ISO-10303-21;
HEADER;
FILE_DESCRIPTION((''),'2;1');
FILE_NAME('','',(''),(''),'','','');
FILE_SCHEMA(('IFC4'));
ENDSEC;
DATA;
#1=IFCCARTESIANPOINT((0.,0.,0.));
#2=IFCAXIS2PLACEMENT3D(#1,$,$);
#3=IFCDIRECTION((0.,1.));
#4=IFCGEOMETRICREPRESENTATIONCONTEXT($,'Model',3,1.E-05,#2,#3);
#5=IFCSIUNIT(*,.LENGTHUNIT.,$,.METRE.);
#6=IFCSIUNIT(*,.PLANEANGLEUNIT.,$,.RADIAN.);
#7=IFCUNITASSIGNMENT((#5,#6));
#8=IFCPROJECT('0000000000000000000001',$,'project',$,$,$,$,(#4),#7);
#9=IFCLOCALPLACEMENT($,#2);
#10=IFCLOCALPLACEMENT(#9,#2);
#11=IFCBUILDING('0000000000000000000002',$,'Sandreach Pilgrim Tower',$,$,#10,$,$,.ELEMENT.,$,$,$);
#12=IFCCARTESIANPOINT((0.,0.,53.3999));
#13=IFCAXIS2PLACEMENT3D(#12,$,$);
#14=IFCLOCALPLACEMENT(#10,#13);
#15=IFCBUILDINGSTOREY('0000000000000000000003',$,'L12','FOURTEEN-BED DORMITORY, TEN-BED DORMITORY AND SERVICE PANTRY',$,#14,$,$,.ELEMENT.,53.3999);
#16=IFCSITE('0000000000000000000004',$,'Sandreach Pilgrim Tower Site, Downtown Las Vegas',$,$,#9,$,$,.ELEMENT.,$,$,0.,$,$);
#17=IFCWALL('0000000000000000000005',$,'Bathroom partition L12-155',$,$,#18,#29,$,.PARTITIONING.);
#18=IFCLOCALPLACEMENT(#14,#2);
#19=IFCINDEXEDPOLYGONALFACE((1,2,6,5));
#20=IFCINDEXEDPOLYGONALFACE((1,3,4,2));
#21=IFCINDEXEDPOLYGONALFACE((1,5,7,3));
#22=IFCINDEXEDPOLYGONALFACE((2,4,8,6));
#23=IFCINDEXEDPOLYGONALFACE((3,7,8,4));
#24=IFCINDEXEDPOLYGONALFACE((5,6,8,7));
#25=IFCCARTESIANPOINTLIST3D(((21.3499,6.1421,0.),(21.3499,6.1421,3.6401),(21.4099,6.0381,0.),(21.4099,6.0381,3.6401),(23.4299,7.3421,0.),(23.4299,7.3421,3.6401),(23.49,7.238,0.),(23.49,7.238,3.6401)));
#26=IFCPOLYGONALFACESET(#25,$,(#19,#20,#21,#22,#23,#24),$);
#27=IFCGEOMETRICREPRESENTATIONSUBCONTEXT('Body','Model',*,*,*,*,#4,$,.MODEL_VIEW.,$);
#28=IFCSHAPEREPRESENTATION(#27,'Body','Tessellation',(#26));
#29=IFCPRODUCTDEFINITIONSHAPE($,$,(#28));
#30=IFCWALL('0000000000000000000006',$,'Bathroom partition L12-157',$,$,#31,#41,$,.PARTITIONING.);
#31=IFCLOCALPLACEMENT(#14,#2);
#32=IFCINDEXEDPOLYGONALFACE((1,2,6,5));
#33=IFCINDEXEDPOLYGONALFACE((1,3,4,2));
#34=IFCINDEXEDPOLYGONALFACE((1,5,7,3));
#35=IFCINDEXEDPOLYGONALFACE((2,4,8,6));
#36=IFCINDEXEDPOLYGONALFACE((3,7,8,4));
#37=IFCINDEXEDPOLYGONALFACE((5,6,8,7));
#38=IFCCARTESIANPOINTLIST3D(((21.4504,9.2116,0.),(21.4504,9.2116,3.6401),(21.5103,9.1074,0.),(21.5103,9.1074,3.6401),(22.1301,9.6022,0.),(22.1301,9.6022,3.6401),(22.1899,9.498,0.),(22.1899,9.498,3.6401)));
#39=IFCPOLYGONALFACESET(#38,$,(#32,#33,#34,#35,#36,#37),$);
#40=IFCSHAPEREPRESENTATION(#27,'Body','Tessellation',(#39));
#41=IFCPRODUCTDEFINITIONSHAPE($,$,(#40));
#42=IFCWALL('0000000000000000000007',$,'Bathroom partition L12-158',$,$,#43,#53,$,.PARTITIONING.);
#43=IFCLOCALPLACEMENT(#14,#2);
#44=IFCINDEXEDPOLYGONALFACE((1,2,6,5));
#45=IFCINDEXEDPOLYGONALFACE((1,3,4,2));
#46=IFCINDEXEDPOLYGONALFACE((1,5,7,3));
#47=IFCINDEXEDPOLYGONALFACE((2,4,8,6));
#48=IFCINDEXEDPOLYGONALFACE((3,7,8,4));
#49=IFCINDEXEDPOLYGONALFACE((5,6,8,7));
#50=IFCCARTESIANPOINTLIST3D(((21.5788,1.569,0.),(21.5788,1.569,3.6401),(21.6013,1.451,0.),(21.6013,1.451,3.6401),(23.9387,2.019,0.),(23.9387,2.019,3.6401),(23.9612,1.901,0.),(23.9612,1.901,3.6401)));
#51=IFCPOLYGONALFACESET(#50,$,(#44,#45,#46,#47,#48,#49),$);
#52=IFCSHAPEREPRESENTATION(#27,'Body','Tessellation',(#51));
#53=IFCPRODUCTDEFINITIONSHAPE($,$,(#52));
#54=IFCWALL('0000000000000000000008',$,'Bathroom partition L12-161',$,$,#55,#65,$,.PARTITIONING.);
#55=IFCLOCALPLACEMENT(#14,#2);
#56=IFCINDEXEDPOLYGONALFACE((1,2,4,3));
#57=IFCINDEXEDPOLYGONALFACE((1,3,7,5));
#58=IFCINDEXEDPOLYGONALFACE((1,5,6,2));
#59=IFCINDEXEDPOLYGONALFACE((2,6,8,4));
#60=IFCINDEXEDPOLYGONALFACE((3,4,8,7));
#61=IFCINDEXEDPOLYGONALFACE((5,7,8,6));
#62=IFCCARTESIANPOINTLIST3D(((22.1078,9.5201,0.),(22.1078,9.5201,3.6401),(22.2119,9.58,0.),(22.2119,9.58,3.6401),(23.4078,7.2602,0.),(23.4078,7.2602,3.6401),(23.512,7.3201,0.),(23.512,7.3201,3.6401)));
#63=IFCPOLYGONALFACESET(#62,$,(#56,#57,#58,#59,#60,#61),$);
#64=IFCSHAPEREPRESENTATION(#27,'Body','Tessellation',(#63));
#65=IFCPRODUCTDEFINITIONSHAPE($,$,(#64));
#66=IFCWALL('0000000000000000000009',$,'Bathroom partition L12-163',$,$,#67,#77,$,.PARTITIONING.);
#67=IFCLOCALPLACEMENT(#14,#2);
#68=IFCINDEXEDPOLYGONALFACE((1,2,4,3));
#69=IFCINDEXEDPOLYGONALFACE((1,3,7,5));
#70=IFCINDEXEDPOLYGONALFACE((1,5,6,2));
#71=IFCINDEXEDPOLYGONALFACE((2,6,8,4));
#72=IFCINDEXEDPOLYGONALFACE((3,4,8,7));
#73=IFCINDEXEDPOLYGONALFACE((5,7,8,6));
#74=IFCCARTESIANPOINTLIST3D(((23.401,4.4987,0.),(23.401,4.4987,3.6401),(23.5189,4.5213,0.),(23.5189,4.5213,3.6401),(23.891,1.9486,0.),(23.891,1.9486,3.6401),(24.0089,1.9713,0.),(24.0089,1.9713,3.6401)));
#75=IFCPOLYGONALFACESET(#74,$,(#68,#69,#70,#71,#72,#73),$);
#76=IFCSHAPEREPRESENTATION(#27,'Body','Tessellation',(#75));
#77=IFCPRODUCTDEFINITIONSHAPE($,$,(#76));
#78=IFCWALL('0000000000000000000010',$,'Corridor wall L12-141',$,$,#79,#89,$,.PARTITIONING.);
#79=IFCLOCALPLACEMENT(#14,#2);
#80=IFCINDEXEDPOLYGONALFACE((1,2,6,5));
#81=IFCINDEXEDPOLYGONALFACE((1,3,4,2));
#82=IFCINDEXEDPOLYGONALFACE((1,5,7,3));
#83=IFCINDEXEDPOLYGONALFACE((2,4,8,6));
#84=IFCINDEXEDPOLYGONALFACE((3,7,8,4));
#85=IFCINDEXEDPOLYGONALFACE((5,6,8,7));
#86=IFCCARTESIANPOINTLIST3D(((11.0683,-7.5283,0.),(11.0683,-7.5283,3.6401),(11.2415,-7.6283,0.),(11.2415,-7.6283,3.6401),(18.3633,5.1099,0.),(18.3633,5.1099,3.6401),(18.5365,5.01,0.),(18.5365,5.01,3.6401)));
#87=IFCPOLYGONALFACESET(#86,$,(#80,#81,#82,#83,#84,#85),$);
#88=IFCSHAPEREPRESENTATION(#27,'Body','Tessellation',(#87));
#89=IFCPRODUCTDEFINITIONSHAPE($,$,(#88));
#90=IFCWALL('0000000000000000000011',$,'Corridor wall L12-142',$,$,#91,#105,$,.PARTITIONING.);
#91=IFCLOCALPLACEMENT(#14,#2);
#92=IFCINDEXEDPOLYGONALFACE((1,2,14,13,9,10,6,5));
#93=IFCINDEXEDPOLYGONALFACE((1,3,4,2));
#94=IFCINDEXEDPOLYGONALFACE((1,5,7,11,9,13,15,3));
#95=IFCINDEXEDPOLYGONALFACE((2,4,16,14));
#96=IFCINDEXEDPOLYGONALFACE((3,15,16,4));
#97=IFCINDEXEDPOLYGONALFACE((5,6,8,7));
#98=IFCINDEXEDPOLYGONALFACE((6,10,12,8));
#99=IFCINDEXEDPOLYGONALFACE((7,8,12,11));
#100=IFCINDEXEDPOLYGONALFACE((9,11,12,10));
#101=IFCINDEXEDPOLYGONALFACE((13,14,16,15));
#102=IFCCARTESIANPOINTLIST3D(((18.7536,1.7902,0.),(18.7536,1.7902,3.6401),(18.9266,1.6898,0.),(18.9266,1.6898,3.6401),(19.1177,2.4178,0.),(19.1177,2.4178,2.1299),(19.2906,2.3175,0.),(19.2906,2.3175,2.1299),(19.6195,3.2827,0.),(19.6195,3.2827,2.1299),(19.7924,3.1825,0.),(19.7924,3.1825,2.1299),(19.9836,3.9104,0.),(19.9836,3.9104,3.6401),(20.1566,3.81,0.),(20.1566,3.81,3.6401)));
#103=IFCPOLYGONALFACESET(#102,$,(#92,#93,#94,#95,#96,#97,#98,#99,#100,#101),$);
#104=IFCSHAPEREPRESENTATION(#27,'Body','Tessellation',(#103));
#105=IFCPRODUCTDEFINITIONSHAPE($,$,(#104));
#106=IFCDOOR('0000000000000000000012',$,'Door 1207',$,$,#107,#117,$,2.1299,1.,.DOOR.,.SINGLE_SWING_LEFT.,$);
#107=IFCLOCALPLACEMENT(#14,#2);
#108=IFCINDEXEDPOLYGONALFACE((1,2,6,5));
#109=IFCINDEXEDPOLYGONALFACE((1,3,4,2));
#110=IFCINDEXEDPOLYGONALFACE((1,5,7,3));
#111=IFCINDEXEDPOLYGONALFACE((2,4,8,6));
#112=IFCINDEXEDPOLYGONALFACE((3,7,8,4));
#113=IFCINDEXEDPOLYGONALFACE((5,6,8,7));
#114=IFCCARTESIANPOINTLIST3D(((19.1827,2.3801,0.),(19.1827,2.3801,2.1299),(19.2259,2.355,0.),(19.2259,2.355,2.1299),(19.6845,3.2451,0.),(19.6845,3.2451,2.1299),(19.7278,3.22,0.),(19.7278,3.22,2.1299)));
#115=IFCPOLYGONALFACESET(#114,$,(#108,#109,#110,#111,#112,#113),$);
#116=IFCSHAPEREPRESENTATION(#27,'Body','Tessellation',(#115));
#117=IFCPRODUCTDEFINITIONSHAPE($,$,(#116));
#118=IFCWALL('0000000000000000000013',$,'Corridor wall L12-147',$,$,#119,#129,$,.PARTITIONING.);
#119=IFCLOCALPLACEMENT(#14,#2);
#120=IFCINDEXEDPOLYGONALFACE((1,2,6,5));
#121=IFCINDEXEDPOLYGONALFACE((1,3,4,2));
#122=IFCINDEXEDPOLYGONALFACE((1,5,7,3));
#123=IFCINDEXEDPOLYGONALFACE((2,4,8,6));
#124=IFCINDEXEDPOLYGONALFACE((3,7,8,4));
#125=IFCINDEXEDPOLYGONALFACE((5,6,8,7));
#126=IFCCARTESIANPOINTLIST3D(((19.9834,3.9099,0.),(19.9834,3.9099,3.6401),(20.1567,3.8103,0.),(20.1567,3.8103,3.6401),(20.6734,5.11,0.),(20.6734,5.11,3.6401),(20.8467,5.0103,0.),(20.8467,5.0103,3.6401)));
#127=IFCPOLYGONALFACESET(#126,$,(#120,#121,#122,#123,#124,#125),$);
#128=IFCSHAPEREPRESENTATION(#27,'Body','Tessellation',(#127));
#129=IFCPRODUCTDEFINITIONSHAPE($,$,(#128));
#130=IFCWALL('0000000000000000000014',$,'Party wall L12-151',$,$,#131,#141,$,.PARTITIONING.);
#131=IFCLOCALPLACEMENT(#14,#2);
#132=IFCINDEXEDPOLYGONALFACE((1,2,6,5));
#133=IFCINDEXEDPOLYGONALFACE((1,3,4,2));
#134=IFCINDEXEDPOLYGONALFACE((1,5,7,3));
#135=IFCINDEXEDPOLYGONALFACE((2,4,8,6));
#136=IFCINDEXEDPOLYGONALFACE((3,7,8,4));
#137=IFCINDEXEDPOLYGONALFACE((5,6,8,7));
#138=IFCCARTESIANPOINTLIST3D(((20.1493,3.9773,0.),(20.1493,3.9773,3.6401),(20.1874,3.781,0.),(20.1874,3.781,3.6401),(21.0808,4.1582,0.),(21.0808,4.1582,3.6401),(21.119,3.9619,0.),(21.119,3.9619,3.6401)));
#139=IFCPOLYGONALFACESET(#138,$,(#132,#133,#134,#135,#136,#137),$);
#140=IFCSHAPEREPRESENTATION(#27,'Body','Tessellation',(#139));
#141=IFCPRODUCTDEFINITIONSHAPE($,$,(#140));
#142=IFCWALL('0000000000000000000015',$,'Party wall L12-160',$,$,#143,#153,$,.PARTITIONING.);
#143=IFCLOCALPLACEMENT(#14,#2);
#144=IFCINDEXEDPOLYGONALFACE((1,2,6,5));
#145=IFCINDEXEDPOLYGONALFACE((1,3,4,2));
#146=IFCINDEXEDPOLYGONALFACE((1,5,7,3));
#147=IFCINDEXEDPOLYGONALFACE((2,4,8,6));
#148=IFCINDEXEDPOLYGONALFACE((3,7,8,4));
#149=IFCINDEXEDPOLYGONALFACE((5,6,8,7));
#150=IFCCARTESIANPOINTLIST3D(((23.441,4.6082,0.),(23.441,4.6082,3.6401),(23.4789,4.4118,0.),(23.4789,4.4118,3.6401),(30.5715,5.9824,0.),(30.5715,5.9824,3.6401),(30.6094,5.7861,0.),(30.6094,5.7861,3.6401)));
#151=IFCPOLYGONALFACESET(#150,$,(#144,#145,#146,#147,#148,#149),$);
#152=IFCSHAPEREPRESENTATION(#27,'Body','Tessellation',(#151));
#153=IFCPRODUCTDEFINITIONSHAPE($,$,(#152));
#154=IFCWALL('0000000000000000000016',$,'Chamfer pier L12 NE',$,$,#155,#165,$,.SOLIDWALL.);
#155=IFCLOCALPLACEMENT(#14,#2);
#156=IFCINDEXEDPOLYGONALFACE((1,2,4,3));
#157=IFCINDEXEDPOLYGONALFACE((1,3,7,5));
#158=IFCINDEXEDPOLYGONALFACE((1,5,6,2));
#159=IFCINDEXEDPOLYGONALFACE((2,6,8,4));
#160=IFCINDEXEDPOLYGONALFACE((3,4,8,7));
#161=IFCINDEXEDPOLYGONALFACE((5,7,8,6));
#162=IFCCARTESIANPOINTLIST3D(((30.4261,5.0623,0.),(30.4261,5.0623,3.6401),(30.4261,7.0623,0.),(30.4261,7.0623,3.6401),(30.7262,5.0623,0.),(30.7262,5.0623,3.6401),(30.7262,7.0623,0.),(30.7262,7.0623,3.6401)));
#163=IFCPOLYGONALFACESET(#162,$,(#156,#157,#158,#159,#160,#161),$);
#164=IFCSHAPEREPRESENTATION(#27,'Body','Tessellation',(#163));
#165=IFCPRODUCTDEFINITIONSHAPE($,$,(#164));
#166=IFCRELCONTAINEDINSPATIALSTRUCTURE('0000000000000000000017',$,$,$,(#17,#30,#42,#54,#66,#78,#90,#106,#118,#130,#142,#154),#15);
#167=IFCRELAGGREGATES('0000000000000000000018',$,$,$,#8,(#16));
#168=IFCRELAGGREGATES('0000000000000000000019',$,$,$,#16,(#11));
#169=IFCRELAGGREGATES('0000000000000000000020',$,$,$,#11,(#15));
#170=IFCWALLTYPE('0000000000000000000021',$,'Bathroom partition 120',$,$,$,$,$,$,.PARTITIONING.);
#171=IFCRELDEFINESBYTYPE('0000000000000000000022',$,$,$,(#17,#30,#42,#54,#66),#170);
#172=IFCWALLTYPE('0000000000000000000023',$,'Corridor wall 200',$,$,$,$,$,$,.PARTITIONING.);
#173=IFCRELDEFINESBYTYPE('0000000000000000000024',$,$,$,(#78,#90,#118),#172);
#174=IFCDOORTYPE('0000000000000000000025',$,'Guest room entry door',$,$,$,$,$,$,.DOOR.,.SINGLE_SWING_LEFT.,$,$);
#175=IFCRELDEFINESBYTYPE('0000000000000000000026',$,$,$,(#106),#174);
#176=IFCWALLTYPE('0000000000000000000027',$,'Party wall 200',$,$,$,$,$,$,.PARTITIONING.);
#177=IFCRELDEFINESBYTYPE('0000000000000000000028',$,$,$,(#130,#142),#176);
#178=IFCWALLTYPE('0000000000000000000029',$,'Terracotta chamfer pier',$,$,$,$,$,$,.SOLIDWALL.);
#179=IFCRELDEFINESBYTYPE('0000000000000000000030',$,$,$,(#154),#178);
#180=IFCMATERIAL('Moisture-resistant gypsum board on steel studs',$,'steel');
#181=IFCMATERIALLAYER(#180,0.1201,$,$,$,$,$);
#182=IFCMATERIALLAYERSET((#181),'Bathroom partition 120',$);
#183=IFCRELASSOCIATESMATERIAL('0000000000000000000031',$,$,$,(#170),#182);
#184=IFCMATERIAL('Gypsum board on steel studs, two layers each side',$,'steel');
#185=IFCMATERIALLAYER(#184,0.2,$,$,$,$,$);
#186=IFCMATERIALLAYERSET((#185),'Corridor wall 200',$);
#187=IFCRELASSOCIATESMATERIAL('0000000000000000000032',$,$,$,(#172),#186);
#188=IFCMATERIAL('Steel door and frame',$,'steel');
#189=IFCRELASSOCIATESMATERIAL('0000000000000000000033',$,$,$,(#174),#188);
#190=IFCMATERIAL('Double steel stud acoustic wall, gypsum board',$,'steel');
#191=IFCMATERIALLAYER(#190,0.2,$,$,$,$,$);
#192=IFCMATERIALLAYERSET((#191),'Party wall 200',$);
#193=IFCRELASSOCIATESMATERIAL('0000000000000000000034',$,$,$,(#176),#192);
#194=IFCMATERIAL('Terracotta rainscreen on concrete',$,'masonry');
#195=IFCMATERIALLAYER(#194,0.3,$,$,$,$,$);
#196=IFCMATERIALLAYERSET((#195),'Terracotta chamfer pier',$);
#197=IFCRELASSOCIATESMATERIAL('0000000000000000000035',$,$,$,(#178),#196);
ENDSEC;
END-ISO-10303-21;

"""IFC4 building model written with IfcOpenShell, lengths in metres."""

from ifc_helpers import new_model, si_unit, direction, frame, frame_2d, origin, place, context, subcontext, project, spatial, rectangle, extrude, material, layer, layer_set, type_object, element, fill, save


model = new_model("IFC4")

# Units and contexts
model_context = context("Model", 3, precision=1e-05, world=origin(), true_north=direction((0.0, 1.0)))
body_context = subcontext(model_context, "Body", "Model", "MODEL_VIEW")
ifc_project = project(units=[si_unit("LENGTHUNIT", "METRE"), si_unit("PLANEANGLEUNIT", "RADIAN")], contexts=[model_context])

# Site, building, storey
site_placement = place(None, origin())
site = spatial("IfcSite", under=ifc_project, at=site_placement, Name="Sandreach Pilgrim Tower Site, Downtown Las Vegas", CompositionType="ELEMENT", RefElevation=0.0)
building_placement = place(site_placement, origin())
building = spatial("IfcBuilding", under=site, at=building_placement, Name="Sandreach Pilgrim Tower", CompositionType="ELEMENT")
storey_placement = place(building_placement, frame((0.0, 0.0, 53.3999)))
storey = spatial("IfcBuildingStorey", under=building, at=storey_placement, Name="L12", Description="FOURTEEN-BED DORMITORY, TEN-BED DORMITORY AND SERVICE PANTRY", CompositionType="ELEMENT", Elevation=53.3999)

# Shared definitions
ifc_material_1 = material(Name="Moisture-resistant gypsum board on steel studs", Category="steel")
ifc_layer_1 = layer(ifc_material_1, 0.1201)
ifc_layer_set_1 = layer_set([ifc_layer_1], Name="Bathroom partition 120")
wall_type_1 = type_object("IfcWallType", Name="Bathroom partition 120", PredefinedType="PARTITIONING", material=ifc_layer_set_1)

# Walls
wall_1_placement = place(storey_placement, frame((21.3799, 6.0901, 0.0), z_axis=(0.0, 0.0, 1.0), x_axis=(0.866203, 0.499693, 0.0)))
element("IfcWall", 1, at=wall_1_placement, inside=storey, type_object=wall_type_1, Name="Bathroom partition L12-155", PredefinedType="PARTITIONING", context=body_context, shape_type="SweptSolid", body=[
    extrude(rectangle(XDim=2.4014, YDim=0.1201, at=frame_2d((1.2007, 0.0))), origin(), (0.0, 0.0, 1.0), 3.6401),
])
wall_2_placement = place(storey_placement, frame((21.4802, 9.1594, 0.0), z_axis=(0.0, 0.0, 1.0), x_axis=(0.867014, 0.498284, 0.0)))
element("IfcWall", 2, at=wall_2_placement, inside=storey, type_object=wall_type_1, Name="Bathroom partition L12-157", PredefinedType="PARTITIONING", context=body_context, shape_type="SweptSolid", body=[
    extrude(rectangle(XDim=0.7839, YDim=0.1201, at=frame_2d((0.3921, 0.0))), origin(), (0.0, 0.0, 1.0), 3.6401),
])
wall_3_placement = place(storey_placement, frame((21.5901, 1.51, 0.0), z_axis=(0.0, 0.0, 1.0), x_axis=(0.982304, 0.187294, 0.0)))
element("IfcWall", 3, at=wall_3_placement, inside=storey, type_object=wall_type_1, Name="Bathroom partition L12-158", PredefinedType="PARTITIONING", context=body_context, shape_type="SweptSolid", body=[
    extrude(rectangle(XDim=2.4023, YDim=0.1201, at=frame_2d((1.2012, 0.0))), origin(), (0.0, 0.0, 1.0), 3.6401),
])
wall_4_placement = place(storey_placement, frame((23.46, 7.29, 0.0), z_axis=(0.0, 0.0, 1.0), x_axis=(-0.498628, 0.866816, 0.0)))
element("IfcWall", 4, at=wall_4_placement, inside=storey, type_object=wall_type_1, Name="Bathroom partition L12-161", PredefinedType="PARTITIONING", context=body_context, shape_type="SweptSolid", body=[
    extrude(rectangle(XDim=2.6072, YDim=0.1201, at=frame_2d((1.3037, 0.0))), origin(), (0.0, 0.0, 1.0), 3.6401),
])
wall_5_placement = place(storey_placement, frame((23.95, 1.96, 0.0), z_axis=(0.0, 0.0, 1.0), x_axis=(-0.188697, 0.982035, 0.0)))
element("IfcWall", 5, at=wall_5_placement, inside=storey, type_object=wall_type_1, Name="Bathroom partition L12-163", PredefinedType="PARTITIONING", context=body_context, shape_type="SweptSolid", body=[
    extrude(rectangle(XDim=2.5967, YDim=0.1201, at=frame_2d((1.2983, 0.0))), origin(), (0.0, 0.0, 1.0), 3.6401),
])
ifc_material_2 = material(Name="Gypsum board on steel studs, two layers each side", Category="steel")
ifc_layer_2 = layer(ifc_material_2, 0.2)
ifc_layer_set_2 = layer_set([ifc_layer_2], Name="Corridor wall 200")
wall_type_2 = type_object("IfcWallType", Name="Corridor wall 200", PredefinedType="PARTITIONING", material=ifc_layer_set_2)
wall_6_placement = place(storey_placement, frame((18.45, 5.0601, 0.0), z_axis=(0.0, 0.0, 1.0), x_axis=(-0.499911, -0.866077, 0.0)))
element("IfcWall", 6, at=wall_6_placement, inside=storey, type_object=wall_type_2, Name="Corridor wall L12-141", PredefinedType="PARTITIONING", context=body_context, shape_type="SweptSolid", body=[
    extrude(rectangle(XDim=14.5925, YDim=0.2, at=frame_2d((7.2964, 0.0))), origin(), (0.0, 0.0, 1.0), 3.6401),
])

# Wall, opening, door
wall_7_placement = place(storey_placement, frame((18.8401, 1.74, 0.0), z_axis=(0.0, 0.0, 1.0), x_axis=(0.501813, 0.864976, 0.0)))
wall_7 = element("IfcWall", 7, at=wall_7_placement, inside=storey, type_object=wall_type_2, Name="Corridor wall L12-142", PredefinedType="PARTITIONING", context=body_context, shape_type="SweptSolid", body=[
    extrude(rectangle(XDim=2.4512, YDim=0.2, at=frame_2d((1.2256, 0.0))), origin(), (0.0, 0.0, 1.0), 3.6401),
])
opening_1_placement = place(wall_7_placement, frame((0.7256, 0.0, 0.0)))
opening_1 = element("IfcOpeningElement", 8, at=opening_1_placement, cuts=wall_7, PredefinedType="OPENING", context=body_context, shape_type="SweptSolid", body=[
    extrude(rectangle(XDim=1.0, YDim=2.1299, at=frame_2d((0.5, 1.0649))), frame((0.0, 0.1001, 0.0), z_axis=(0.0, -1.0, 0.0), x_axis=(1.0, 0.0, 0.0)), (0.0, 0.0, 1.0), 0.2),
])
ifc_material_3 = material(Name="Steel door and frame", Category="steel")
door_type_1 = type_object("IfcDoorType", Name="Guest room entry door", OperationType="SINGLE_SWING_LEFT", PredefinedType="DOOR", material=ifc_material_3)
door_1_placement = place(opening_1_placement, origin())
door_1 = element("IfcDoor", 9, at=door_1_placement, inside=storey, type_object=door_type_1, Name="Door 1207", OperationType="SINGLE_SWING_LEFT", OverallHeight=2.1299, OverallWidth=1.0, PredefinedType="DOOR", context=body_context, shape_type="SweptSolid", body=[
    extrude(rectangle(XDim=1.0, YDim=2.1299, at=frame_2d((0.5, 1.0649))), frame((0.0, 0.0249, 0.0), z_axis=(0.0, -1.0, 0.0), x_axis=(1.0, 0.0, 0.0)), (0.0, 0.0, 1.0), 0.05),
])
fill(opening_1, door_1)

# Walls
wall_8_placement = place(storey_placement, frame((20.0701, 3.8601, 0.0), z_axis=(0.0, 0.0, 1.0), x_axis=(0.498455, 0.866916, 0.0)))
element("IfcWall", 10, at=wall_8_placement, inside=storey, type_object=wall_type_2, Name="Corridor wall L12-147", PredefinedType="PARTITIONING", context=body_context, shape_type="SweptSolid", body=[
    extrude(rectangle(XDim=1.3843, YDim=0.2, at=frame_2d((0.6921, 0.0))), origin(), (0.0, 0.0, 1.0), 3.6401),
])
ifc_material_4 = material(Name="Double steel stud acoustic wall, gypsum board", Category="steel")
ifc_layer_3 = layer(ifc_material_4, 0.2)
ifc_layer_set_3 = layer_set([ifc_layer_3], Name="Party wall 200")
wall_type_3 = type_object("IfcWallType", Name="Party wall 200", PredefinedType="PARTITIONING", material=ifc_layer_set_3)
wall_9_placement = place(storey_placement, frame((20.1682, 3.8792, 0.0), z_axis=(0.0, 0.0, 1.0), x_axis=(0.981664, 0.190622, 0.0)))
element("IfcWall", 11, at=wall_9_placement, inside=storey, type_object=wall_type_3, Name="Party wall L12-151", PredefinedType="PARTITIONING", context=body_context, shape_type="SweptSolid", body=[
    extrude(rectangle(XDim=0.949, YDim=0.2, at=frame_2d((0.4746, 0.0))), origin(), (0.0, 0.0, 1.0), 3.6401),
])
wall_10_placement = place(storey_placement, frame((23.46, 4.51, 0.0), z_axis=(0.0, 0.0, 1.0), x_axis=(0.98193, 0.189245, 0.0)))
element("IfcWall", 12, at=wall_10_placement, inside=storey, type_object=wall_type_3, Name="Party wall L12-160", PredefinedType="PARTITIONING", context=body_context, shape_type="SweptSolid", body=[
    extrude(rectangle(XDim=7.2617, YDim=0.2, at=frame_2d((3.6309, 0.0))), origin(), (0.0, 0.0, 1.0), 3.6401),
])
ifc_material_5 = material(Name="Terracotta rainscreen on concrete", Category="masonry")
ifc_layer_4 = layer(ifc_material_5, 0.3)
ifc_layer_set_4 = layer_set([ifc_layer_4], Name="Terracotta chamfer pier")
wall_type_4 = type_object("IfcWallType", Name="Terracotta chamfer pier", PredefinedType="SOLIDWALL", material=ifc_layer_set_4)
wall_11_placement = place(storey_placement, frame((30.5762, 7.0623, 0.0), z_axis=(0.0, 0.0, 1.0), x_axis=(0.0, -1.0, 0.0)))
element("IfcWall", 13, at=wall_11_placement, inside=storey, type_object=wall_type_4, Name="Chamfer pier L12 NE", PredefinedType="SOLIDWALL", context=body_context, shape_type="SweptSolid", body=[
    extrude(rectangle(XDim=2.0, YDim=0.3, at=frame_2d((1.0, 0.0))), origin(), (0.0, 0.0, 1.0), 3.6401),
])

save(model, "model.ifc")
